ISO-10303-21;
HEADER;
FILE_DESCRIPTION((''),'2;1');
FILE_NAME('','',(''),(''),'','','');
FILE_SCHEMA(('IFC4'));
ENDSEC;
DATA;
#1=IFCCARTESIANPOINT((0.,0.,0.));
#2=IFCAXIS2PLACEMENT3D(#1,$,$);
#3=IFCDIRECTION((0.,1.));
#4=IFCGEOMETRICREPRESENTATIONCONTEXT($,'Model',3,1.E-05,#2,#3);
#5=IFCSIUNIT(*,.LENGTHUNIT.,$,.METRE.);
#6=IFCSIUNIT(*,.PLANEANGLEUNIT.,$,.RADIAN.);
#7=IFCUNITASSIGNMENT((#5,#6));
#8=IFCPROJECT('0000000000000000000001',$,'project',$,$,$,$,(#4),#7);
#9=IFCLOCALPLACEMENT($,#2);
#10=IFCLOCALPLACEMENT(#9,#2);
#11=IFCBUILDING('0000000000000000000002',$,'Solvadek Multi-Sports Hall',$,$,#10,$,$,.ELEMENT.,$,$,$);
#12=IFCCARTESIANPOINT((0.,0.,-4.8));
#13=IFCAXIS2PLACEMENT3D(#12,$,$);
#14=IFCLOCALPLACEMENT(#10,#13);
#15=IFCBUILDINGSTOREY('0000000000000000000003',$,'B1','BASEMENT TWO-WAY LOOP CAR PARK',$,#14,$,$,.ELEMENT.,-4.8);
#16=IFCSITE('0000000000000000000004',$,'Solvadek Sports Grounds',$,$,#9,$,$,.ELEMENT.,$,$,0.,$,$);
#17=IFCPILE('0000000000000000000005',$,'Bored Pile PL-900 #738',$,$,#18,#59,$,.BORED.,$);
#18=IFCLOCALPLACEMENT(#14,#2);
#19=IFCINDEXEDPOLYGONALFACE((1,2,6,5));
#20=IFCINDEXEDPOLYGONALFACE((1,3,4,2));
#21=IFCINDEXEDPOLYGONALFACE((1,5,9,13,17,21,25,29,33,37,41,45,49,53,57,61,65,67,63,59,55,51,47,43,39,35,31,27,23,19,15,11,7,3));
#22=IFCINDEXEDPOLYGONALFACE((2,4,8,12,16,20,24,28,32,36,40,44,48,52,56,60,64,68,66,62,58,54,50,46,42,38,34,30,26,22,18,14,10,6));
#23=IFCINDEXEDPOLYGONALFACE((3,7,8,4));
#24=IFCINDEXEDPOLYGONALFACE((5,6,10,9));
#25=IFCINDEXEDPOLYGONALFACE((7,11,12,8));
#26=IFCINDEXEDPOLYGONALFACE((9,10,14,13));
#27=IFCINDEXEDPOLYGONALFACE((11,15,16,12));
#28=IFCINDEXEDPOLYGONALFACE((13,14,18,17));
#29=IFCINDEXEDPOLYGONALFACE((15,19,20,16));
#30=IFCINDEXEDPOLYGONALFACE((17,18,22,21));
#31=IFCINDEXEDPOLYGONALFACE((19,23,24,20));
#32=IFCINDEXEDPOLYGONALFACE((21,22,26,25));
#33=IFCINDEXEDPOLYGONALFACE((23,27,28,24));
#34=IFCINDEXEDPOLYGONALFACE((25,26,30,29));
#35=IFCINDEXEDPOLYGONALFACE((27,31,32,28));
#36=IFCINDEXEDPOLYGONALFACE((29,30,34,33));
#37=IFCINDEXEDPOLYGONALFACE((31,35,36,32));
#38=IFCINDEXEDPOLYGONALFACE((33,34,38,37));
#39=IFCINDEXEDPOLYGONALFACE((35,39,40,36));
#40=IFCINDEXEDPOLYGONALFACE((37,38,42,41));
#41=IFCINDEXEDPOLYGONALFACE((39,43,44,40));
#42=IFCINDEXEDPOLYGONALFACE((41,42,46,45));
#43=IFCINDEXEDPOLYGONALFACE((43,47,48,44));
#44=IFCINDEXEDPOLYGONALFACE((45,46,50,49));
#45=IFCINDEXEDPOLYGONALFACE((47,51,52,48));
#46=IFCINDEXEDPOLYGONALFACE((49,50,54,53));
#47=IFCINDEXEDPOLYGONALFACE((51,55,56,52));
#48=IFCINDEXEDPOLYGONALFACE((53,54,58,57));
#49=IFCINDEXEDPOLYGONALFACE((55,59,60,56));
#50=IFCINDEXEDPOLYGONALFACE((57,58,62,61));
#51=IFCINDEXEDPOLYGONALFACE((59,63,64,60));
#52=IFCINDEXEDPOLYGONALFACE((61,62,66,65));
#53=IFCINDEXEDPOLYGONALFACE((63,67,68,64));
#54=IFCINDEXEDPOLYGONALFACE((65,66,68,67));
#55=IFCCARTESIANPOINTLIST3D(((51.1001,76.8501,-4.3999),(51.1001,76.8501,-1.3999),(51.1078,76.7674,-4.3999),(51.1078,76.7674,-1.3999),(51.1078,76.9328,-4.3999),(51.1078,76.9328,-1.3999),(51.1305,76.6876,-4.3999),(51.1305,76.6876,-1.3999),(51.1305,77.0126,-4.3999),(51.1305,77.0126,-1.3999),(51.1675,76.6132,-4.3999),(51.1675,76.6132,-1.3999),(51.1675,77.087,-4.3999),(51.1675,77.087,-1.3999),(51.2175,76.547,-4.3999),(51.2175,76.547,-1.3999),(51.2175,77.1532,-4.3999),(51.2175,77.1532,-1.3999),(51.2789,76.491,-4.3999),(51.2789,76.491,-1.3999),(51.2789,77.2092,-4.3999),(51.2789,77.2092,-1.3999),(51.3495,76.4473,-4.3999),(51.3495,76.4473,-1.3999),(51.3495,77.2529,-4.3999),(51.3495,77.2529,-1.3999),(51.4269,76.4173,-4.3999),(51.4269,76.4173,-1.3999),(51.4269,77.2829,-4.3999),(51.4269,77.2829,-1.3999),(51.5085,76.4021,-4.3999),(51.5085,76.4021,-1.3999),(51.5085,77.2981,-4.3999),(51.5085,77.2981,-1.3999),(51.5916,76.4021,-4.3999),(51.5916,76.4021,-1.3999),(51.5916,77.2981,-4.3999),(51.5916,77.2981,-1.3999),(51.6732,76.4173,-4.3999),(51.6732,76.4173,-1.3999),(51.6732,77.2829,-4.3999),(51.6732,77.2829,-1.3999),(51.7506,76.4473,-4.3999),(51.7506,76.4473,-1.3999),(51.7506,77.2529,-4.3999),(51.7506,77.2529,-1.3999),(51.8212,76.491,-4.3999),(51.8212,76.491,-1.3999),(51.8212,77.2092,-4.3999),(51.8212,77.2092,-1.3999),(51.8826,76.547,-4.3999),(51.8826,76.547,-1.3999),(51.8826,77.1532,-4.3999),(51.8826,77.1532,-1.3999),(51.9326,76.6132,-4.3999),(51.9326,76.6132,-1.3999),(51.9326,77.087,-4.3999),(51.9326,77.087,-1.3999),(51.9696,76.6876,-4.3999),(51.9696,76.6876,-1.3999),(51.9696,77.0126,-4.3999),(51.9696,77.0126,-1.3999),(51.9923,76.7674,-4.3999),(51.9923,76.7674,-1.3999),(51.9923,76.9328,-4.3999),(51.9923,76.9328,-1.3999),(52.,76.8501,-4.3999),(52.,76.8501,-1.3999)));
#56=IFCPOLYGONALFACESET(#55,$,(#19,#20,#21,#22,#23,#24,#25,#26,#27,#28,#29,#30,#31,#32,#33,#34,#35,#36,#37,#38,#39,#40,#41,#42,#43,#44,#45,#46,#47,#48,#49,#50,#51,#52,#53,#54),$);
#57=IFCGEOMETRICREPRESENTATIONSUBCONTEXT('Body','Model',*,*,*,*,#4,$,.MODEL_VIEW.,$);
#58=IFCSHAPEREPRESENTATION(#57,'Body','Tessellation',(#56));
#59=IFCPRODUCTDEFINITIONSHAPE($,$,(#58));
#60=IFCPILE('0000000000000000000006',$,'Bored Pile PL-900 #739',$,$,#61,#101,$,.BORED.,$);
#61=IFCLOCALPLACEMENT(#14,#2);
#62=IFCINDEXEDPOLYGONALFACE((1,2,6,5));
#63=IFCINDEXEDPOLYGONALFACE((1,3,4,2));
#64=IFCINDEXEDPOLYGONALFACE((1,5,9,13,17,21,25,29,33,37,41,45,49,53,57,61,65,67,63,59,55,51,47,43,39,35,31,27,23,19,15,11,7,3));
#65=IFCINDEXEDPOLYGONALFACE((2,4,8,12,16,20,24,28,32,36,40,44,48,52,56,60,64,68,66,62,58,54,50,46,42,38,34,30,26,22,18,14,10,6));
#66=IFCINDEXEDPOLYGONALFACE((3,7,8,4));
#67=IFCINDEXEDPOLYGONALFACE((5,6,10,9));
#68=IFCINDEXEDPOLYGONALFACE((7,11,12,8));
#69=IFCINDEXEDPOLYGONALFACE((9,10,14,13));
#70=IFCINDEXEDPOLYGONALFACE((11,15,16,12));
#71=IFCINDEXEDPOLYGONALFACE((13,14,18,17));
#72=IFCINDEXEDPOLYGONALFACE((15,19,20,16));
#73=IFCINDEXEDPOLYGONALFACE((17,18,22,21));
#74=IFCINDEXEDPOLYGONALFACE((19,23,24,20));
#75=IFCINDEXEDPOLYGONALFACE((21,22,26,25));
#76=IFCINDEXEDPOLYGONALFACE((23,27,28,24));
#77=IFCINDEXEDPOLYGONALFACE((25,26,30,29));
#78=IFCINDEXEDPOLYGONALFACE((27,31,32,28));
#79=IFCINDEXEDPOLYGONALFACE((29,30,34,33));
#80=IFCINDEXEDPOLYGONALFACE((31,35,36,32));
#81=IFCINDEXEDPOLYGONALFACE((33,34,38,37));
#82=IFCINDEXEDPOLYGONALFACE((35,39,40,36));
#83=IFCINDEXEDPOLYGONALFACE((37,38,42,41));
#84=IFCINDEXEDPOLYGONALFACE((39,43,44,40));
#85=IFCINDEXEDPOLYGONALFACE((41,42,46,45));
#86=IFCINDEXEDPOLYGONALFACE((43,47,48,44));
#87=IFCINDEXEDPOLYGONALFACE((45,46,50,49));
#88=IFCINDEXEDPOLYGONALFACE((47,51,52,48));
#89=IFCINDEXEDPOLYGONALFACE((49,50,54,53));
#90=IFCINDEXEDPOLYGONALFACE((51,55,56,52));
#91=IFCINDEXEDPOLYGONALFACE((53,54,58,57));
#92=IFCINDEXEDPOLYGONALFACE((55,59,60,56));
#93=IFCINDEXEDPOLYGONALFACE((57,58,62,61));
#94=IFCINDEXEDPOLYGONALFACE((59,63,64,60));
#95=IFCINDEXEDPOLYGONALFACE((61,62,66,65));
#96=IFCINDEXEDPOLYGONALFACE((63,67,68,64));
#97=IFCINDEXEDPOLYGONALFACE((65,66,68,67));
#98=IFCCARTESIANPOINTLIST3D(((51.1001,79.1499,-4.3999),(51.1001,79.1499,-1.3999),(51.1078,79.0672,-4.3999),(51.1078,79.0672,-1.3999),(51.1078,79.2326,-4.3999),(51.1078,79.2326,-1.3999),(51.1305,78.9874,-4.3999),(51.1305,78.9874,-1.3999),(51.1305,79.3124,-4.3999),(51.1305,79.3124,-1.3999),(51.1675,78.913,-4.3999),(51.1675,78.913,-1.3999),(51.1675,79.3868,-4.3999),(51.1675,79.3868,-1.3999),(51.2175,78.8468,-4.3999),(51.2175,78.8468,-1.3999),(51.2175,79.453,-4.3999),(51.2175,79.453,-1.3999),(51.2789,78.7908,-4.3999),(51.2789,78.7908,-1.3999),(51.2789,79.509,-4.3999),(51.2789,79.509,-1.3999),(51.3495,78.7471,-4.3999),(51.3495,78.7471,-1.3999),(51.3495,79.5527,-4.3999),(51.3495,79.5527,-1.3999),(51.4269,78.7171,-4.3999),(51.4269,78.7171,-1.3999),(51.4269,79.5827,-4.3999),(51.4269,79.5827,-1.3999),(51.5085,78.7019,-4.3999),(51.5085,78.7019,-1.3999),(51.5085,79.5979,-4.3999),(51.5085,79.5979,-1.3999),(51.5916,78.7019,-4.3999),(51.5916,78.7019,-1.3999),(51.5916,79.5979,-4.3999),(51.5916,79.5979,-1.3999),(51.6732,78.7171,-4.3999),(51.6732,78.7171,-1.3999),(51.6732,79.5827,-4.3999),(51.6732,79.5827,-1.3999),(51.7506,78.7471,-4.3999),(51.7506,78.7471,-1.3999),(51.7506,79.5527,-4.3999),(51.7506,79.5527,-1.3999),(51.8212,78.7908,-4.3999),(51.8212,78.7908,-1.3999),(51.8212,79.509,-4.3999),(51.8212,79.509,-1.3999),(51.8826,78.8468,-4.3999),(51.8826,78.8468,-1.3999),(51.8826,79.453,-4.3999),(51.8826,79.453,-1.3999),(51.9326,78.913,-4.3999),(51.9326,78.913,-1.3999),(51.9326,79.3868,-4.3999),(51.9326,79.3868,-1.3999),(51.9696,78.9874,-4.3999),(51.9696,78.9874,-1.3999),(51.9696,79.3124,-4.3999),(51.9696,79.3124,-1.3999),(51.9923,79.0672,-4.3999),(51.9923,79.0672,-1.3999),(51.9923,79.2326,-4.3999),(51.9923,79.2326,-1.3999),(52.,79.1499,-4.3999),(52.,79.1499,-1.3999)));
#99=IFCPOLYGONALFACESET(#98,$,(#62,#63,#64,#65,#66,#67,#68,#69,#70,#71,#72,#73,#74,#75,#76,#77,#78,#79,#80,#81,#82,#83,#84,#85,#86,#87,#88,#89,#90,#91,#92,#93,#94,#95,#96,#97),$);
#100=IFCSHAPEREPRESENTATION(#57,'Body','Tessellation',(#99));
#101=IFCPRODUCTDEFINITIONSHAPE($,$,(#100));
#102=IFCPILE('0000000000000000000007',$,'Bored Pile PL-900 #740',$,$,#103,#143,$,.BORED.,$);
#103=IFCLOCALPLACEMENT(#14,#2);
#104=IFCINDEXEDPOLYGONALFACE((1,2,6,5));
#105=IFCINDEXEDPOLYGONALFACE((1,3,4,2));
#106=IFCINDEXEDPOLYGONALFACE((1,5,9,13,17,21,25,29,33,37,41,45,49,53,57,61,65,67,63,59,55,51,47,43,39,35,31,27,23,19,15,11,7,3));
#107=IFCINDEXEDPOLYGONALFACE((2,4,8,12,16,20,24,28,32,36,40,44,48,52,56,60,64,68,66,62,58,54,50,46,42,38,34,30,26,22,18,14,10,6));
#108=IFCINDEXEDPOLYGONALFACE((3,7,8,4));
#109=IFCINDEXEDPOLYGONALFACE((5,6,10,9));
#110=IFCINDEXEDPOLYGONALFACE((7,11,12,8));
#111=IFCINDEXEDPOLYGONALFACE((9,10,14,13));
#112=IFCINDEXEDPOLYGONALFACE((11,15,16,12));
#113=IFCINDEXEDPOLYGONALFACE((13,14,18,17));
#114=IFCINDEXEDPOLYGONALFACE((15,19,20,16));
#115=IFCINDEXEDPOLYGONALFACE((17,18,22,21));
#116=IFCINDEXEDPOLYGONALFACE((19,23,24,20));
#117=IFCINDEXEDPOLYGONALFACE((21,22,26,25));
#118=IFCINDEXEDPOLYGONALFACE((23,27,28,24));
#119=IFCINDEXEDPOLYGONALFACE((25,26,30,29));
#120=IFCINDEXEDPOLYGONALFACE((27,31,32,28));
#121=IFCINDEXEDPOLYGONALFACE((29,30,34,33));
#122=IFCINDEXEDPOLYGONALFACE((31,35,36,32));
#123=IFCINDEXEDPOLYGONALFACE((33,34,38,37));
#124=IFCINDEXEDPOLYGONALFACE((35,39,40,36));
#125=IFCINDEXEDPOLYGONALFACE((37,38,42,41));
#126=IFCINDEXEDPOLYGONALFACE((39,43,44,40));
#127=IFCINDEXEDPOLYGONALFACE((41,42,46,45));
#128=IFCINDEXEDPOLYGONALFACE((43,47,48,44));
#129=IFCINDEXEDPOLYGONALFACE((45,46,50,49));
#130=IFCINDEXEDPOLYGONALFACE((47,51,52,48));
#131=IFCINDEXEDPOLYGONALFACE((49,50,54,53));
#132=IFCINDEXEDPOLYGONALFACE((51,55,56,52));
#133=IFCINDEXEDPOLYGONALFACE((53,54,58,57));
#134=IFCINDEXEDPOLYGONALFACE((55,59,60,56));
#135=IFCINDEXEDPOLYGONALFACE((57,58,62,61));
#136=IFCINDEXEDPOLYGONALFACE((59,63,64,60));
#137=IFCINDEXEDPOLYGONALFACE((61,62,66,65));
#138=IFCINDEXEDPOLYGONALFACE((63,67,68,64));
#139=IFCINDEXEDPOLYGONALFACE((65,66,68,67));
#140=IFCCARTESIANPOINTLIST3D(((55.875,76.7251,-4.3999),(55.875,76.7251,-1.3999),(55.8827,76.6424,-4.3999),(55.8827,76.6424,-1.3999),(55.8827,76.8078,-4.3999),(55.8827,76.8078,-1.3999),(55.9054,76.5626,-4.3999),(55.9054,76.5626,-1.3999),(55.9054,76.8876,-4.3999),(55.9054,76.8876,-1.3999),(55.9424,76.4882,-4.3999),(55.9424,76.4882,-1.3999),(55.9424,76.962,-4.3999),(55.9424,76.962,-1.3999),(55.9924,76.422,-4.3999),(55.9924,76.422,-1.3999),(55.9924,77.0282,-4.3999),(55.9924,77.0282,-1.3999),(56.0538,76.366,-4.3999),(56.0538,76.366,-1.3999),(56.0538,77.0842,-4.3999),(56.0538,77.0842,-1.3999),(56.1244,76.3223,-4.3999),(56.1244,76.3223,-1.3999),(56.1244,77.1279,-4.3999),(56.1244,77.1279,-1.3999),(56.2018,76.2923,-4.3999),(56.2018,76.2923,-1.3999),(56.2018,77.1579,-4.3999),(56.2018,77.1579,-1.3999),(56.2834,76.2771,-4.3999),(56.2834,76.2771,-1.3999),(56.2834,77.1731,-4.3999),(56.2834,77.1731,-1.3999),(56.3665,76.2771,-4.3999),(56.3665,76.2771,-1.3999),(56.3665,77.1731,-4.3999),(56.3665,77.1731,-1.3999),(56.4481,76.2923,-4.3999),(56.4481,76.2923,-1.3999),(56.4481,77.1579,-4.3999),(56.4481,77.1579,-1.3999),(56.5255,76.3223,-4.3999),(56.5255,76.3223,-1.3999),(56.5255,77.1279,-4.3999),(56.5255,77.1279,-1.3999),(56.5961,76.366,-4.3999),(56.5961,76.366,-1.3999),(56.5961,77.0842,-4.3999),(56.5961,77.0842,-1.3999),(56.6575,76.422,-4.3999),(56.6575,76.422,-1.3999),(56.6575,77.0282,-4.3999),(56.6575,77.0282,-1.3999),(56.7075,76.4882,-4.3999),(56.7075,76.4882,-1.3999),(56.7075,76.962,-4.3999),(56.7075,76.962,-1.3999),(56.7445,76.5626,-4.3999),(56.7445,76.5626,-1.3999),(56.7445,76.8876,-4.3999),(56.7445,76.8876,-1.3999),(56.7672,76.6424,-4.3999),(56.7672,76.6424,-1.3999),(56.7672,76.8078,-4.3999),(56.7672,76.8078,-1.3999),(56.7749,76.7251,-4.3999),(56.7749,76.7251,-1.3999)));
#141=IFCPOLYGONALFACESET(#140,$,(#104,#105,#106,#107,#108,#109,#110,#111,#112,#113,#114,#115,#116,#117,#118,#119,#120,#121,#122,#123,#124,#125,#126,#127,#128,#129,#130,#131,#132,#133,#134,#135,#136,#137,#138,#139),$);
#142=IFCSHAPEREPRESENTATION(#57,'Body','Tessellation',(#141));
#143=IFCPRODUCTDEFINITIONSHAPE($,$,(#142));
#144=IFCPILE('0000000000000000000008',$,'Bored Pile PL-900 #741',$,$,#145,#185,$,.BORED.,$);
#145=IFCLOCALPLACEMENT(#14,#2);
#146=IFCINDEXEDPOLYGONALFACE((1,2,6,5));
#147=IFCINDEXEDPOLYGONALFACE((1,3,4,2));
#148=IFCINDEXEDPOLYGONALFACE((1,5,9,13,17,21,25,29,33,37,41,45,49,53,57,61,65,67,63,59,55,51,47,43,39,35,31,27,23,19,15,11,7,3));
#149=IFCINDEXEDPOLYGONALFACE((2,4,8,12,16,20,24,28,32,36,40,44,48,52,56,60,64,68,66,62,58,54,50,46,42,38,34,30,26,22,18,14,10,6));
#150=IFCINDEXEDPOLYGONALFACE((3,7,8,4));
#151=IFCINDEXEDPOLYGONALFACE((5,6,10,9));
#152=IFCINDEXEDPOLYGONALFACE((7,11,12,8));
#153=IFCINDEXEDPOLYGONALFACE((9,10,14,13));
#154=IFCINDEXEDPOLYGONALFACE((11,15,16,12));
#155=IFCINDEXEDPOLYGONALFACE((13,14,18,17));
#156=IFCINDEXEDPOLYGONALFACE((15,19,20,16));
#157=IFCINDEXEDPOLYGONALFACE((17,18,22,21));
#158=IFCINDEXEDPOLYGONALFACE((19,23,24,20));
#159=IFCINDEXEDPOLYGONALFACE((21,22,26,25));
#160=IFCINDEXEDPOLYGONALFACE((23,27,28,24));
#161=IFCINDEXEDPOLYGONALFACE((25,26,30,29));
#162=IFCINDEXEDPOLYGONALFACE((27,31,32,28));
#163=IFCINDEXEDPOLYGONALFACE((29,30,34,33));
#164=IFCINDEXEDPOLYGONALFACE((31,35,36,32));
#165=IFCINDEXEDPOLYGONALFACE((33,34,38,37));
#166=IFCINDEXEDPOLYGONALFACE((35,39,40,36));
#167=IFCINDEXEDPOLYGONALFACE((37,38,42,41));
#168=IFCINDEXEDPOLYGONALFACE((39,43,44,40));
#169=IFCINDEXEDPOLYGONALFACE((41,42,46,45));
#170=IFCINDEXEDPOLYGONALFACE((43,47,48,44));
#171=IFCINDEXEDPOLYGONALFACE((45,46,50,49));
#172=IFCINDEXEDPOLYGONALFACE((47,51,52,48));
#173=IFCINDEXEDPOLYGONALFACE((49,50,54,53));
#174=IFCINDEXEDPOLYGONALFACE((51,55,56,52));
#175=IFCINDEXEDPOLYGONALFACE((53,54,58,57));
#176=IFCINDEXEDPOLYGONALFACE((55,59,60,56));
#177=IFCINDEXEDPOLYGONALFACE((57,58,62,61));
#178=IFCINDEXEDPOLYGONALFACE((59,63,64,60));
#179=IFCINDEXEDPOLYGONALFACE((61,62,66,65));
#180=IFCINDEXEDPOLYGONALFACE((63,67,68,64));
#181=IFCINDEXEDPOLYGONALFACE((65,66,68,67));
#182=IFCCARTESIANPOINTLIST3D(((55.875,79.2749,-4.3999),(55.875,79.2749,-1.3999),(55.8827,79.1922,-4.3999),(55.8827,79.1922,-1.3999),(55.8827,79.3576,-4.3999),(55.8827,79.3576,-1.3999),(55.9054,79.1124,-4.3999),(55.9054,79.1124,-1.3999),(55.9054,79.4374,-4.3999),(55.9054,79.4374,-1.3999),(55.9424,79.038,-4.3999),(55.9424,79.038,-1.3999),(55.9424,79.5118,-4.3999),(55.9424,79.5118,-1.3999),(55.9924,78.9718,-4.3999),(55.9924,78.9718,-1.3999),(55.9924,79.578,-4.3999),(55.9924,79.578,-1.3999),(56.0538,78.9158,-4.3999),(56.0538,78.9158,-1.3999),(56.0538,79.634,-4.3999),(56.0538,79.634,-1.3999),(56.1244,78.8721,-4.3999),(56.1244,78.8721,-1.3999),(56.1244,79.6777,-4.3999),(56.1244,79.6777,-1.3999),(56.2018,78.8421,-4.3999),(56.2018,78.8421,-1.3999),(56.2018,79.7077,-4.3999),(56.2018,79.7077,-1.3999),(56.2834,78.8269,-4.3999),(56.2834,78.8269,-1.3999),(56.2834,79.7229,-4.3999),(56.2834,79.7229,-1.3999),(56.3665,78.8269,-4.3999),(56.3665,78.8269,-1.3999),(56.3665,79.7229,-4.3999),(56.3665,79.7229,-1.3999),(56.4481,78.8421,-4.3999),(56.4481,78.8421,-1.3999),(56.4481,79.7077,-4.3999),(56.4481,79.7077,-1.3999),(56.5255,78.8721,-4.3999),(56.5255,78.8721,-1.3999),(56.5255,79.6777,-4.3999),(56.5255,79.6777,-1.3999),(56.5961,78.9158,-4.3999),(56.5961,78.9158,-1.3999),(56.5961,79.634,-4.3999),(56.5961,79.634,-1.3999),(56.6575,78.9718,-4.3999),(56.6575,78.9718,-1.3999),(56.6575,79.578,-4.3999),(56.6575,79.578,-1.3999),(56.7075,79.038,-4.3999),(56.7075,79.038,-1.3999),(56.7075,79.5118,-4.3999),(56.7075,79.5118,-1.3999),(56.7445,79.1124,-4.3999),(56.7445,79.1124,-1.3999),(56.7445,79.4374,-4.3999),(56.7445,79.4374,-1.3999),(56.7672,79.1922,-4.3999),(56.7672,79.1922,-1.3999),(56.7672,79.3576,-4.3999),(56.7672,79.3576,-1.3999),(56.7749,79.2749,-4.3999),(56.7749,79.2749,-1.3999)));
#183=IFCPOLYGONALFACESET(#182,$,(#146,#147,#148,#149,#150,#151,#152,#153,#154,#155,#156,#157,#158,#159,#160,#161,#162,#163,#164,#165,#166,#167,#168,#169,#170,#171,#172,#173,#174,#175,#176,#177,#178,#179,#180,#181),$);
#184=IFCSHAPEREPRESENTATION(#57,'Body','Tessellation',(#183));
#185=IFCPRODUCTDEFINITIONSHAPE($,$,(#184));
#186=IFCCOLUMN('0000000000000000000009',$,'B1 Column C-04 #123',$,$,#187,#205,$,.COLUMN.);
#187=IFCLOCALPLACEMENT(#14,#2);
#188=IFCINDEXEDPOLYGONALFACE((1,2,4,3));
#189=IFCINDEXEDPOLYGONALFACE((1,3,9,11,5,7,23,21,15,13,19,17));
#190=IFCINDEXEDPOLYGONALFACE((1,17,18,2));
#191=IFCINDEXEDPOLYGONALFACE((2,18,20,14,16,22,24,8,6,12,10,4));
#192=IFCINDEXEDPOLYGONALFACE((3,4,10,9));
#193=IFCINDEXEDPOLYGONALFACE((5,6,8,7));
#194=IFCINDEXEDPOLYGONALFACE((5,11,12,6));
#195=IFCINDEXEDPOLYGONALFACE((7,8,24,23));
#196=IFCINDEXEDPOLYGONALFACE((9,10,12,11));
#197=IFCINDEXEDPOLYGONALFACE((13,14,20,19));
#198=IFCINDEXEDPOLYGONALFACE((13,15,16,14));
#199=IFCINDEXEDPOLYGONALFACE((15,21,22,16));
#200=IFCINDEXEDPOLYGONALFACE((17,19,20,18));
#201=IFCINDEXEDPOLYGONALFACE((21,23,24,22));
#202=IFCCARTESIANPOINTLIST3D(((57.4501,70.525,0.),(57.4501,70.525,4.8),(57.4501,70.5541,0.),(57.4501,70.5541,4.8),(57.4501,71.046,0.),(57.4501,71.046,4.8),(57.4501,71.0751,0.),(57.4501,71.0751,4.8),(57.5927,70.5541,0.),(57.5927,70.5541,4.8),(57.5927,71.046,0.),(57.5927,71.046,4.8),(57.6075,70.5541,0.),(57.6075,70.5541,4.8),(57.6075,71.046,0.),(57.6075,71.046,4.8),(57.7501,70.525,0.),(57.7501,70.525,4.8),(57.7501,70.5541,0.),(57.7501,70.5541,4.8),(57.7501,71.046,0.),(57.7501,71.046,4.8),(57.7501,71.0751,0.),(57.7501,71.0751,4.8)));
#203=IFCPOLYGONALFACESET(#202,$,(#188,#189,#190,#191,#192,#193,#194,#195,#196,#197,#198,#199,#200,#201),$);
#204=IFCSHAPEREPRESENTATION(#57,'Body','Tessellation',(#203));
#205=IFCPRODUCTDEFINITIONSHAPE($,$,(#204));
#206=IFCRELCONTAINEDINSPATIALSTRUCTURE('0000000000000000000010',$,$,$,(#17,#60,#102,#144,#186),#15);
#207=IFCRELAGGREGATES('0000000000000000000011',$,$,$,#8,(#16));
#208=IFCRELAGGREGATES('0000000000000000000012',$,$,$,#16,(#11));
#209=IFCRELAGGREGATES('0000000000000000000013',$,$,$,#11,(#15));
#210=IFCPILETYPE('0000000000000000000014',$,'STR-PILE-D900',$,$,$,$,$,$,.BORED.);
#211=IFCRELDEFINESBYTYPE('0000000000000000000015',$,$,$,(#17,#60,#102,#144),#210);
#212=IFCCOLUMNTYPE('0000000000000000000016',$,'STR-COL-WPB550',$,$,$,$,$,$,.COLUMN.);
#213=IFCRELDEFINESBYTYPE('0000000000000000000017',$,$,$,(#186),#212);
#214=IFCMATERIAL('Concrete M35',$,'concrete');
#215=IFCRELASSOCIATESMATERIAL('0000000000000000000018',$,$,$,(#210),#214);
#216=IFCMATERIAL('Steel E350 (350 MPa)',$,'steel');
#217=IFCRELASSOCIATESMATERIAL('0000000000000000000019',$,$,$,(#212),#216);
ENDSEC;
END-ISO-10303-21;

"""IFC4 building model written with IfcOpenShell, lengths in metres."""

from ifc_helpers import new_model, si_unit, direction, frame, origin, origin_2d, place, context, subcontext, project, spatial, circle, i_section, extrude, material, material_profile, profile_set, type_object, element, save


model = new_model("IFC4")

# Units and contexts
model_context = context("Model", 3, precision=1e-05, world=origin(), true_north=direction((0.0, 1.0)))
body_context = subcontext(model_context, "Body", "Model", "MODEL_VIEW")
ifc_project = project(units=[si_unit("LENGTHUNIT", "METRE"), si_unit("PLANEANGLEUNIT", "RADIAN")], contexts=[model_context])

# Site, building, storey
site_placement = place(None, origin())
site = spatial("IfcSite", under=ifc_project, at=site_placement, Name="Solvadek Sports Grounds", CompositionType="ELEMENT", RefElevation=0.0)
building_placement = place(site_placement, origin())
building = spatial("IfcBuilding", under=site, at=building_placement, Name="Solvadek Multi-Sports Hall", CompositionType="ELEMENT")
storey_placement = place(building_placement, frame((0.0, 0.0, -4.8)))
storey = spatial("IfcBuildingStorey", under=building, at=storey_placement, Name="B1", Description="BASEMENT TWO-WAY LOOP CAR PARK", CompositionType="ELEMENT", Elevation=-4.8)

# Piles
ifc_material_1 = material(Name="Concrete M35", Category="concrete")
ifc_material_profile_1 = material_profile(ifc_material_1, circle(Radius=0.45, at=origin_2d()), Name="BORED PILE D900")
ifc_profile_set_1 = profile_set([ifc_material_profile_1], Name="Concrete M35")
pile_type_1 = type_object("IfcPileType", Name="STR-PILE-D900", PredefinedType="BORED", material=ifc_profile_set_1)
for number, where, z_axis, x_axis, name in (
    (1, (51.55, 76.8501, -1.3999), (0.0, 0.0, -1.0), (1.0, 0.0, 0.0), "Bored Pile PL-900 #738"),
    (2, (51.55, 79.1499, -1.3999), (0.0, 0.0, -1.0), (1.0, 0.0, 0.0), "Bored Pile PL-900 #739"),
    (3, (56.325, 76.7251, -1.3999), (0.0, 0.0, -1.0), (1.0, 0.0, 0.0), "Bored Pile PL-900 #740"),
    (4, (56.325, 79.2749, -1.3999), (0.0, 0.0, -1.0), (1.0, 0.0, 0.0), "Bored Pile PL-900 #741"),
):
    element("IfcPile", number, at=place(storey_placement, frame(where, z_axis=z_axis, x_axis=x_axis)), inside=storey, type_object=pile_type_1, Name=name, PredefinedType="BORED", context=body_context, shape_type="SweptSolid", body=[
        extrude(circle(Radius=0.45, at=origin_2d()), origin(), (0.0, 0.0, 1.0), 3.0),
    ])

# Column
ifc_material_2 = material(Name="Steel E350 (350 MPa)", Category="steel")
ifc_material_profile_2 = material_profile(ifc_material_2, i_section(OverallWidth=0.3, OverallDepth=0.55, WebThickness=0.0149, FlangeThickness=0.0291, at=origin_2d()), Name="WPB 550")
ifc_profile_set_2 = profile_set([ifc_material_profile_2], Name="Steel E350 (350 MPa)")
column_type_1 = type_object("IfcColumnType", Name="STR-COL-WPB550", PredefinedType="COLUMN", material=ifc_profile_set_2)
column_1_placement = place(storey_placement, frame((57.6001, 70.8, 0.0), z_axis=(0.0, 0.0, 1.0), x_axis=(1.0, 0.0, 0.0)))
element("IfcColumn", 5, at=column_1_placement, inside=storey, type_object=column_type_1, Name="B1 Column C-04 #123", PredefinedType="COLUMN", context=body_context, shape_type="SweptSolid", body=[
    extrude(i_section(OverallWidth=0.3, OverallDepth=0.55, WebThickness=0.0149, FlangeThickness=0.0291, at=origin_2d()), origin(), (0.0, 0.0, 1.0), 4.8),
])

save(model, "model.ifc")
